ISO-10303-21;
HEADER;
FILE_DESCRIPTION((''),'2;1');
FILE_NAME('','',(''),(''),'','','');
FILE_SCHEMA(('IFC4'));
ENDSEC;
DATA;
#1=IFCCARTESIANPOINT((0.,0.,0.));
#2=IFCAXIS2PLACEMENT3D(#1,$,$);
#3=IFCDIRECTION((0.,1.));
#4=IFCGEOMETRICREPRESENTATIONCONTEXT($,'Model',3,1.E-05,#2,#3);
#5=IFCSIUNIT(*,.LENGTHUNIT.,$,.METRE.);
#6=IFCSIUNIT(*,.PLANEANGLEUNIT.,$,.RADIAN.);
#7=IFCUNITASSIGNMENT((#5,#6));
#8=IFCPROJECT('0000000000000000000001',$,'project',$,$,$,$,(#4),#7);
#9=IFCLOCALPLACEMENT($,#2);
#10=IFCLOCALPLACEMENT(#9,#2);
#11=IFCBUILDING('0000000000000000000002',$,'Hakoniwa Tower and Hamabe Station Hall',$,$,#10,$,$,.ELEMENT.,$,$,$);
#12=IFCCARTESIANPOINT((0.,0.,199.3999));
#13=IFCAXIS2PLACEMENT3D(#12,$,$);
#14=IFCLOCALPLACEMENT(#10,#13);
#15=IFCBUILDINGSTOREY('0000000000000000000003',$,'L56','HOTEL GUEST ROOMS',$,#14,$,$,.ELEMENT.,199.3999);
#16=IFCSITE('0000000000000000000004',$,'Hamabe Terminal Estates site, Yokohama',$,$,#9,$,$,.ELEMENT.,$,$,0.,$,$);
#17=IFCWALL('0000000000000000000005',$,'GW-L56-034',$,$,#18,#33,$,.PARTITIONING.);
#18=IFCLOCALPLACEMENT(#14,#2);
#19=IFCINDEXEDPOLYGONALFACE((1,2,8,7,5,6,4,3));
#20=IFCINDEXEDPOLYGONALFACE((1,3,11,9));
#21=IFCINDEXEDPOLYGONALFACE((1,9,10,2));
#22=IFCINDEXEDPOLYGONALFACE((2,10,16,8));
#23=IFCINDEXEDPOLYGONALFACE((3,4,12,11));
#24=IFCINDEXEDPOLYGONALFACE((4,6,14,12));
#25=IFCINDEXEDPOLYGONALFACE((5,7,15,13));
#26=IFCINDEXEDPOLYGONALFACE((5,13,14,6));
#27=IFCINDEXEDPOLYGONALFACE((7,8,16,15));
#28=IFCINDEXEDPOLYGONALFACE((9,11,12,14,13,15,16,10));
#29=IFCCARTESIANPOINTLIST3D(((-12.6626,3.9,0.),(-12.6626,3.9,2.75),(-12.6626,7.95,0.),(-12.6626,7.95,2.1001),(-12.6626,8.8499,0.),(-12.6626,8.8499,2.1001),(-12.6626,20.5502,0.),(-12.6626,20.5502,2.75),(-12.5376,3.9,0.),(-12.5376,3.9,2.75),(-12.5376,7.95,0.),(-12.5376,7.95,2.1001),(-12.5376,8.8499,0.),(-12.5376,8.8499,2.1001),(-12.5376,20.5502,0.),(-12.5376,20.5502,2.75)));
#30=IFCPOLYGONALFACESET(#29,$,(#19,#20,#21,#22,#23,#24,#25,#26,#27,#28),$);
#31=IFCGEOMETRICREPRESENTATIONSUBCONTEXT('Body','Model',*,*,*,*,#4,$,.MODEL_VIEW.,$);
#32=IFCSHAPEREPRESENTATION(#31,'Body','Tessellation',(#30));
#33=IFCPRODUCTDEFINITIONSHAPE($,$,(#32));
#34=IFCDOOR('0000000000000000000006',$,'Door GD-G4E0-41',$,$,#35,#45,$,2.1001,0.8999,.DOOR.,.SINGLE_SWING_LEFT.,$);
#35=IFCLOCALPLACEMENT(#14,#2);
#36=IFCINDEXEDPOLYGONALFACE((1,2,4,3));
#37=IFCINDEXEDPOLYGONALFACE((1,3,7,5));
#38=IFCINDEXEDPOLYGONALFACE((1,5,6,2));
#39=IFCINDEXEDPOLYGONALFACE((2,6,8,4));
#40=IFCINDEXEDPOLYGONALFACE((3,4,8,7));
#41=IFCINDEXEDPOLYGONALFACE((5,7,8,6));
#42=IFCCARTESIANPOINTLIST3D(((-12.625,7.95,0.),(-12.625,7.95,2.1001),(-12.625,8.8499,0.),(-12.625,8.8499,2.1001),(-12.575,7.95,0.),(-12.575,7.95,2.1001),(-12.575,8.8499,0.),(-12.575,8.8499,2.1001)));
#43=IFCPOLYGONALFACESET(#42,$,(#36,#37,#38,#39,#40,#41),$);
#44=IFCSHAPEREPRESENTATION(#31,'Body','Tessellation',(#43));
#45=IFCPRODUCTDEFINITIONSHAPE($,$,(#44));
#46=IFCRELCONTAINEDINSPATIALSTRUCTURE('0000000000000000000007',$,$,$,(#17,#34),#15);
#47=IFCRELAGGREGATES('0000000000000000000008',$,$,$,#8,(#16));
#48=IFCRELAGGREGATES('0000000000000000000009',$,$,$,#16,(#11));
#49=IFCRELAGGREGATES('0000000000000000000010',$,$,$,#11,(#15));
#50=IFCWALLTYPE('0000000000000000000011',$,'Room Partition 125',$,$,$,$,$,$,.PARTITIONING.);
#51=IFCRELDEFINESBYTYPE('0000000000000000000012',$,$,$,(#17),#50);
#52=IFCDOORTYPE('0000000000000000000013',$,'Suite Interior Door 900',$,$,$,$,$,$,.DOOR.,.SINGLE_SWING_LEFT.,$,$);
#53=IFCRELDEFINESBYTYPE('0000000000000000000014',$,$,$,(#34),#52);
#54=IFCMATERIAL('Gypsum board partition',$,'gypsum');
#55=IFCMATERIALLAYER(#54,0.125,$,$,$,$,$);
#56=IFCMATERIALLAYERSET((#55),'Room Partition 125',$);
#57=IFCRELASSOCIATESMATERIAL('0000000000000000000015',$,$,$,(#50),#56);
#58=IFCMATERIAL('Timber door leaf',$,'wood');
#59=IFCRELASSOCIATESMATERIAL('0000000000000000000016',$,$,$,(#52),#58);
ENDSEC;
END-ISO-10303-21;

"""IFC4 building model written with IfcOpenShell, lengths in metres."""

from ifc_helpers import new_model, si_unit, direction, frame, frame_2d, origin, place, context, subcontext, project, spatial, rectangle, extrude, material, layer, layer_set, type_object, element, fill, save


model = new_model("IFC4")

# Units and contexts
model_context = context("Model", 3, precision=1e-05, world=origin(), true_north=direction((0.0, 1.0)))
body_context = subcontext(model_context, "Body", "Model", "MODEL_VIEW")
ifc_project = project(units=[si_unit("LENGTHUNIT", "METRE"), si_unit("PLANEANGLEUNIT", "RADIAN")], contexts=[model_context])

# Site, building, storey
site_placement = place(None, origin())
site = spatial("IfcSite", under=ifc_project, at=site_placement, Name="Hamabe Terminal Estates site, Yokohama", CompositionType="ELEMENT", RefElevation=0.0)
building_placement = place(site_placement, origin())
building = spatial("IfcBuilding", under=site, at=building_placement, Name="Hakoniwa Tower and Hamabe Station Hall", CompositionType="ELEMENT")
storey_placement = place(building_placement, frame((0.0, 0.0, 199.3999)))
storey = spatial("IfcBuildingStorey", under=building, at=storey_placement, Name="L56", Description="HOTEL GUEST ROOMS", CompositionType="ELEMENT", Elevation=199.3999)

# Wall, opening, door
ifc_material_1 = material(Name="Gypsum board partition", Category="gypsum")
ifc_layer_1 = layer(ifc_material_1, 0.125)
ifc_layer_set_1 = layer_set([ifc_layer_1], Name="Room Partition 125")
wall_type_1 = type_object("IfcWallType", Name="Room Partition 125", PredefinedType="PARTITIONING", material=ifc_layer_set_1)
ifc_material_2 = material(Name="Timber door leaf", Category="wood")
door_type_1 = type_object("IfcDoorType", Name="Suite Interior Door 900", OperationType="SINGLE_SWING_LEFT", PredefinedType="DOOR", material=ifc_material_2)
wall_1_placement = place(storey_placement, frame((-12.6001, 3.8999, 0.0), z_axis=(0.0, 0.0, 1.0), x_axis=(0.0, 1.0, 0.0)))
wall_1 = element("IfcWall", 1, at=wall_1_placement, inside=storey, type_object=wall_type_1, Name="GW-L56-034", PredefinedType="PARTITIONING", context=body_context, shape_type="SweptSolid", body=[
    extrude(rectangle(XDim=16.6501, YDim=0.125, at=frame_2d((8.3252, 0.0))), origin(), (0.0, 0.0, 1.0), 2.75),
])
opening_1_placement = place(wall_1_placement, frame((4.05, 0.0, 0.0)))
opening_1 = element("IfcOpeningElement", 2, at=opening_1_placement, cuts=wall_1, PredefinedType="OPENING", context=body_context, shape_type="SweptSolid", body=[
    extrude(rectangle(XDim=0.8999, YDim=2.1001, at=frame_2d((0.45, 1.05))), frame((0.0, 0.0725, 0.0), z_axis=(0.0, -1.0, 0.0), x_axis=(1.0, 0.0, 0.0)), (0.0, 0.0, 1.0), 0.145),
])
door_1_placement = place(opening_1_placement, origin())
door_1 = element("IfcDoor", 3, at=door_1_placement, inside=storey, type_object=door_type_1, Name="Door GD-G4E0-41", OperationType="SINGLE_SWING_LEFT", OverallHeight=2.1001, OverallWidth=0.8999, PredefinedType="DOOR", context=body_context, shape_type="SweptSolid", body=[
    extrude(rectangle(XDim=0.8999, YDim=2.1001, at=frame_2d((0.45, 1.05))), frame((0.0, 0.0249, 0.0), z_axis=(0.0, -1.0, 0.0), x_axis=(1.0, 0.0, 0.0)), (0.0, 0.0, 1.0), 0.05),
])
fill(opening_1, door_1)

save(model, "model.ifc")
